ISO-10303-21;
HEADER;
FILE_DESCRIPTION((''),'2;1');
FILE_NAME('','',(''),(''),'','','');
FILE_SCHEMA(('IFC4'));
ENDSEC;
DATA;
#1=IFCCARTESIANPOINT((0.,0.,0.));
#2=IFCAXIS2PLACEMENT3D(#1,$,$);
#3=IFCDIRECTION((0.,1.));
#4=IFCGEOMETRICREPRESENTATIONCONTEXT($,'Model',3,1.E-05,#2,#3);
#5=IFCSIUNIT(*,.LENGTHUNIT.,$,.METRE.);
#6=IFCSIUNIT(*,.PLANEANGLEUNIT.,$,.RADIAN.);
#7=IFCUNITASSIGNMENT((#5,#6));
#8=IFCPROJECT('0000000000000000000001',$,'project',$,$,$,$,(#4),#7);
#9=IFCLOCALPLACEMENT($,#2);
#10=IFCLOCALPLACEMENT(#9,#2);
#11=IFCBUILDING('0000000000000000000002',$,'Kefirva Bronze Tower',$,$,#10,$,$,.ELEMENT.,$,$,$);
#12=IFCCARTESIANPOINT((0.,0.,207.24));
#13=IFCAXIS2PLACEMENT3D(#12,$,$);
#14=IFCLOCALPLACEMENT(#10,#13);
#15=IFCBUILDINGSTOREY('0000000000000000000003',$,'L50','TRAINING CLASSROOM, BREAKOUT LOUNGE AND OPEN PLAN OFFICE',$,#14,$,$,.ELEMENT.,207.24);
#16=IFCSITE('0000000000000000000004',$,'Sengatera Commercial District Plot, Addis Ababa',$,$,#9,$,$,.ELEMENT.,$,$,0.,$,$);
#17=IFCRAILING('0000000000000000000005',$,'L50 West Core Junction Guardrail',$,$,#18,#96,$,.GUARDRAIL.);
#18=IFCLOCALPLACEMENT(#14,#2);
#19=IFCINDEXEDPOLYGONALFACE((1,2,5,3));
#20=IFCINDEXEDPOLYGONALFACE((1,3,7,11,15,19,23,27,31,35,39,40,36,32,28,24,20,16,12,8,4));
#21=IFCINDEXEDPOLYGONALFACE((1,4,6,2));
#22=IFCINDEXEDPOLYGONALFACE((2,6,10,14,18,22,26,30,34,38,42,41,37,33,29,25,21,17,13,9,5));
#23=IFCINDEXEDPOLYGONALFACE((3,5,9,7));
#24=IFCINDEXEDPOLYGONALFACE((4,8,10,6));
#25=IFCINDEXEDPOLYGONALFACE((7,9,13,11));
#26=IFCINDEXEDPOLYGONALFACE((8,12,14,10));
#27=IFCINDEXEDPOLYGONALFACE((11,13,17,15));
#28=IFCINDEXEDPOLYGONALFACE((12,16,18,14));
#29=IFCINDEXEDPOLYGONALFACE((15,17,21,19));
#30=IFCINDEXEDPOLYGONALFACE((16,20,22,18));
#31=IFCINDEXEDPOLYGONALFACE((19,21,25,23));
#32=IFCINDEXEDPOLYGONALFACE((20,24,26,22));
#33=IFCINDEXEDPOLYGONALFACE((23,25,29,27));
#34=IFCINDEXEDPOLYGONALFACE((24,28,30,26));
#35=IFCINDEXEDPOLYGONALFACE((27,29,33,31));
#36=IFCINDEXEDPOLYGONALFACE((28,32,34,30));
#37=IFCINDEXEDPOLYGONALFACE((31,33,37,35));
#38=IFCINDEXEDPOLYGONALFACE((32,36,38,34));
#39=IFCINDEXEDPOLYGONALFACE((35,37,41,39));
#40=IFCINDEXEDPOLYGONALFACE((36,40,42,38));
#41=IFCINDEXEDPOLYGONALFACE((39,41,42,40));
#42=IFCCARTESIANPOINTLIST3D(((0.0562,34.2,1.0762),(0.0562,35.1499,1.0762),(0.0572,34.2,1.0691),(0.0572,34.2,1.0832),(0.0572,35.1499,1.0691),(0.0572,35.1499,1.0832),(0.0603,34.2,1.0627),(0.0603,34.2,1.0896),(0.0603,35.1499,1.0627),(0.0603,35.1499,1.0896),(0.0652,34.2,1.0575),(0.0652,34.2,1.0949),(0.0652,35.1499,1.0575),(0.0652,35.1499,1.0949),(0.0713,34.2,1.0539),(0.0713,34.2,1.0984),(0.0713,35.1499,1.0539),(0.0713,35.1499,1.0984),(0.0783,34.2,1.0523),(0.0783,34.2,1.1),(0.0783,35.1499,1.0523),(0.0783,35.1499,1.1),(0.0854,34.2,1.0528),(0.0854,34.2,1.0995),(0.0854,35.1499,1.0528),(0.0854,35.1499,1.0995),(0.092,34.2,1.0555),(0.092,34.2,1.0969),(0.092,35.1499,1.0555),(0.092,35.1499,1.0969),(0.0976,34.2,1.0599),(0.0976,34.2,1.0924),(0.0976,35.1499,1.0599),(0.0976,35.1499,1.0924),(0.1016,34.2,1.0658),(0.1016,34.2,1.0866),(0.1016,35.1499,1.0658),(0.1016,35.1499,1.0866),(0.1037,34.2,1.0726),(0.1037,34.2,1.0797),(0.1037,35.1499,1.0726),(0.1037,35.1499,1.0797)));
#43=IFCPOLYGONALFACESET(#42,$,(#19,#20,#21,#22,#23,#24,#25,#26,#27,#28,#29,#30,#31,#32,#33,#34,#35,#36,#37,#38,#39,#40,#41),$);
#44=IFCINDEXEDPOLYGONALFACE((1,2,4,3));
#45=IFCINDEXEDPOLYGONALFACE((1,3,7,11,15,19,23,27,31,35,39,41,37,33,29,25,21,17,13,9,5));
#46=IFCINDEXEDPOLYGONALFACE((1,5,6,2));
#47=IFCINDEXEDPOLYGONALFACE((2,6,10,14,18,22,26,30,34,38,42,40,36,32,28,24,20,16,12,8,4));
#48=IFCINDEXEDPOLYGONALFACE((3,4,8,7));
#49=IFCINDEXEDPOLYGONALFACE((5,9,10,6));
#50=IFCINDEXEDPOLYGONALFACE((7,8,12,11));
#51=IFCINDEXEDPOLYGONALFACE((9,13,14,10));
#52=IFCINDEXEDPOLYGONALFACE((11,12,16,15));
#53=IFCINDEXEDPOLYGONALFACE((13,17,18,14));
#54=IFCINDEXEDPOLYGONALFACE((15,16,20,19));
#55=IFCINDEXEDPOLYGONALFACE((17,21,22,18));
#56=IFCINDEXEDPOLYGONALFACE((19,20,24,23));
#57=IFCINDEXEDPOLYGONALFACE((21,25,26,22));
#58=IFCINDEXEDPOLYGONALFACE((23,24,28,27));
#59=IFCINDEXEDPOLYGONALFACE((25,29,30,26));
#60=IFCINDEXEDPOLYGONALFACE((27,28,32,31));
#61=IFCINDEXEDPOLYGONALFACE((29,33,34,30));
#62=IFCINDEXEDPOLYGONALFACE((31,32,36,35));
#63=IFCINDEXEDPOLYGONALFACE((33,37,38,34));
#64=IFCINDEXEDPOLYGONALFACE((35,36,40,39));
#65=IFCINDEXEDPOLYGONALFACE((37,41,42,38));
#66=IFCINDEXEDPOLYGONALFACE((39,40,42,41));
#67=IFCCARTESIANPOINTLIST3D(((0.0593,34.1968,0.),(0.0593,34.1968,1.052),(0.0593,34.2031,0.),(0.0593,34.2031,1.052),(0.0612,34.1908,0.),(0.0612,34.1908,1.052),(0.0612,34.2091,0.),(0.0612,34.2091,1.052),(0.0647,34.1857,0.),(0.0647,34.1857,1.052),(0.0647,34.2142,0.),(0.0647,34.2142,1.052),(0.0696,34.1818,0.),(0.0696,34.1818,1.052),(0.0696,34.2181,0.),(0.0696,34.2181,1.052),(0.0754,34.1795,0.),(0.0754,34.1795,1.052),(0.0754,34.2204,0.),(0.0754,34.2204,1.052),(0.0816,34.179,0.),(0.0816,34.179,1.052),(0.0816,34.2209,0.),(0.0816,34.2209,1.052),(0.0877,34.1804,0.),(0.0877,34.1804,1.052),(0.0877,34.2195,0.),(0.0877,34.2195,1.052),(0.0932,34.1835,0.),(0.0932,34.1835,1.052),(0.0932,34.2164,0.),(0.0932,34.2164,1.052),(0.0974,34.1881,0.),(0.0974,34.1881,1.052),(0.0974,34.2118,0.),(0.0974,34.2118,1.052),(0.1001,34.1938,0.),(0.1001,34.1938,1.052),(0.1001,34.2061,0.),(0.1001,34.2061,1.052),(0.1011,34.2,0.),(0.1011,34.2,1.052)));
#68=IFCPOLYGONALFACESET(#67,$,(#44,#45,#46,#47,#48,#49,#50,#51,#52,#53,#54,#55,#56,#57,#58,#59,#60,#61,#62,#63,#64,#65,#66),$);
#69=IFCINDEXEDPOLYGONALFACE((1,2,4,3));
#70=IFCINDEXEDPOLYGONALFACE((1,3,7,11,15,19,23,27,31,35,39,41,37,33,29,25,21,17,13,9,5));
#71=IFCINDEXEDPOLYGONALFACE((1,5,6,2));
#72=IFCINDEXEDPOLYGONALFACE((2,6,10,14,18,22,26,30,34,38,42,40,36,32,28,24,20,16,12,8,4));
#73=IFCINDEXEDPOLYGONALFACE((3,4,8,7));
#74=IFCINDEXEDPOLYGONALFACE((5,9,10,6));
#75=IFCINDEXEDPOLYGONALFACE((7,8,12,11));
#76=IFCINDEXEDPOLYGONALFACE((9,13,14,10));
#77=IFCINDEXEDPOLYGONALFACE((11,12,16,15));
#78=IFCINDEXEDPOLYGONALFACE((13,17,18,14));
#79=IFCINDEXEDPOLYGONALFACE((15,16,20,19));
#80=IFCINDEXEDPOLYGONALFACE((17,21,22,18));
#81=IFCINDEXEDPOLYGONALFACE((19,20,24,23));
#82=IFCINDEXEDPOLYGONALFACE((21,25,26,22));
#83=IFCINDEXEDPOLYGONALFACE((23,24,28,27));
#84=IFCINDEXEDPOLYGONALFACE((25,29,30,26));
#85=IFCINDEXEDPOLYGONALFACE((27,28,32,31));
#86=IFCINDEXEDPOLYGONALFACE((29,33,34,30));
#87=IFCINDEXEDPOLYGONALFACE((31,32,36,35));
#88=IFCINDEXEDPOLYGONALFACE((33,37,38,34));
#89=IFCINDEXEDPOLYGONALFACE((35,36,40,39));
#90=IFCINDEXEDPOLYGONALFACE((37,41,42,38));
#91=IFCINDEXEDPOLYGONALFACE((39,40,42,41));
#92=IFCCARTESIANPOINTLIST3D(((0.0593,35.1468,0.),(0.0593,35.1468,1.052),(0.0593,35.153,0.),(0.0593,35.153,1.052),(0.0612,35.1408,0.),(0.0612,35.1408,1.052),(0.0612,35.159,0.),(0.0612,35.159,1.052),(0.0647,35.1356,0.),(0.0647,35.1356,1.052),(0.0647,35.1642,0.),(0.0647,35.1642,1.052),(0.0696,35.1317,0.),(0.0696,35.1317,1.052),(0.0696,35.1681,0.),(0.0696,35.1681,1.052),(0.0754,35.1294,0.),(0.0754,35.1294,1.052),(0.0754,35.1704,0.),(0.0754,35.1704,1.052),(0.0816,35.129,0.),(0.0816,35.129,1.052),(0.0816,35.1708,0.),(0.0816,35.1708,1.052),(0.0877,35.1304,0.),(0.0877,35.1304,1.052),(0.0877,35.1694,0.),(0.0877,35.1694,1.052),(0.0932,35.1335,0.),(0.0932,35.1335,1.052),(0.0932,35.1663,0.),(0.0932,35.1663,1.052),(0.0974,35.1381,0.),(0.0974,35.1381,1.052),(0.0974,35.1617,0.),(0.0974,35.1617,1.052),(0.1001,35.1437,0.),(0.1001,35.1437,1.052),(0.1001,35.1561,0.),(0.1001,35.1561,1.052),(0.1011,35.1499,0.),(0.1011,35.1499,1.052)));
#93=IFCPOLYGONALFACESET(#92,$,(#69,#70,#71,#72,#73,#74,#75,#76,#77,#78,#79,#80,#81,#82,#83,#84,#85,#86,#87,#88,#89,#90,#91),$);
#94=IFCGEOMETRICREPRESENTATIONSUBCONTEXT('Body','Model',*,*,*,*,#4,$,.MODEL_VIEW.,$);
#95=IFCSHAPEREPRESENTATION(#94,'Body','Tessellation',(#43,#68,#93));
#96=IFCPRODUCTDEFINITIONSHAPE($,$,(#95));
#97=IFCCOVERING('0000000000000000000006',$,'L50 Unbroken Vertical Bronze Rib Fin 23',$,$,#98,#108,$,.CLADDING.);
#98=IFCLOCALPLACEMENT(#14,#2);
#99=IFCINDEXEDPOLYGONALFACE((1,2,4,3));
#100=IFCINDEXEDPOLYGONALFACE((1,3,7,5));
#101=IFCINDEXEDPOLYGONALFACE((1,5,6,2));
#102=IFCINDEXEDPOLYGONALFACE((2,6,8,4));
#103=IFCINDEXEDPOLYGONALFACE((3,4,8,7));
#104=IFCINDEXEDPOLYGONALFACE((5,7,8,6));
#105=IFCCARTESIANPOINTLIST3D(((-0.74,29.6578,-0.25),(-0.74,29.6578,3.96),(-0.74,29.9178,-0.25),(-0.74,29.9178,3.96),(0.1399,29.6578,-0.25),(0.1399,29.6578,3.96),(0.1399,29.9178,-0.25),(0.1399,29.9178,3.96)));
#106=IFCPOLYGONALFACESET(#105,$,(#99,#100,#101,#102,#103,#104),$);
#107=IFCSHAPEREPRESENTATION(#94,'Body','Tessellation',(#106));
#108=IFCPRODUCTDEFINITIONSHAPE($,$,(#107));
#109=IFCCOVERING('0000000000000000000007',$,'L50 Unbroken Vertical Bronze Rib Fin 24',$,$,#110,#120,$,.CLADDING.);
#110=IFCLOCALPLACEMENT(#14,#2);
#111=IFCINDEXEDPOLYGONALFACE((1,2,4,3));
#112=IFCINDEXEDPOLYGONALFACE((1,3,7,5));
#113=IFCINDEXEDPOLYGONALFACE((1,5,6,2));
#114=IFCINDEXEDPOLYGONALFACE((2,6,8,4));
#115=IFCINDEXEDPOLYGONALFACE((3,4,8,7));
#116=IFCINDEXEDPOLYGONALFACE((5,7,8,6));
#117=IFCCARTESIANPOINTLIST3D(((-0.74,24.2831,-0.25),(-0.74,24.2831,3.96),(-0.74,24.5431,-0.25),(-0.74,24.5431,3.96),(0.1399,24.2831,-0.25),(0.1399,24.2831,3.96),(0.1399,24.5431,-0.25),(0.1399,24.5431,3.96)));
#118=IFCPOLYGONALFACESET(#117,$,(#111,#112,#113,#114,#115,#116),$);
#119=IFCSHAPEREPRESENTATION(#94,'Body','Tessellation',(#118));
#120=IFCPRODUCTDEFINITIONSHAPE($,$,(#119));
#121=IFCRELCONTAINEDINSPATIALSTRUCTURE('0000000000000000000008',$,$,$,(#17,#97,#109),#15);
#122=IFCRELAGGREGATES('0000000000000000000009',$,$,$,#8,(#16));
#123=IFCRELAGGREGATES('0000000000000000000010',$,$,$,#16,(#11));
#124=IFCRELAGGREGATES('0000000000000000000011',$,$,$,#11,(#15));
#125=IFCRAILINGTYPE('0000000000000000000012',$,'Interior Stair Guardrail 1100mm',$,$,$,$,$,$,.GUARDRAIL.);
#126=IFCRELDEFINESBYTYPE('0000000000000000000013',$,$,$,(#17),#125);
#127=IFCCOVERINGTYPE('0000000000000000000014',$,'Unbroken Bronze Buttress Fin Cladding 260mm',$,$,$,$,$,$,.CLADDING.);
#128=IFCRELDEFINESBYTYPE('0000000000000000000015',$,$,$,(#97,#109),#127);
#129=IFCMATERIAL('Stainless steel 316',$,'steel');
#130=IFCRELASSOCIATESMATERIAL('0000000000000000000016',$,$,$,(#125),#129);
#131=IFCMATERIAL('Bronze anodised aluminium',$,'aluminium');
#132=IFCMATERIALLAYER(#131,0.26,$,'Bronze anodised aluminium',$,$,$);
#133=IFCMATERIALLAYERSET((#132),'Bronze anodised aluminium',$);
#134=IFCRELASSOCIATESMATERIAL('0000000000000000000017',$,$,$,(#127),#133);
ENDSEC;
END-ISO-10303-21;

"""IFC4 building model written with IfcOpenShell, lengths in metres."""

from ifc_helpers import new_model, si_unit, direction, frame, origin, origin_2d, place, context, subcontext, project, spatial, rectangle, circle, extrude, material, layer, layer_set, type_object, element, save


model = new_model("IFC4")

# Units and contexts
model_context = context("Model", 3, precision=1e-05, world=origin(), true_north=direction((0.0, 1.0)))
body_context = subcontext(model_context, "Body", "Model", "MODEL_VIEW")
ifc_project = project(units=[si_unit("LENGTHUNIT", "METRE"), si_unit("PLANEANGLEUNIT", "RADIAN")], contexts=[model_context])

# Site, building, storey
site_placement = place(None, origin())
site = spatial("IfcSite", under=ifc_project, at=site_placement, Name="Sengatera Commercial District Plot, Addis Ababa", CompositionType="ELEMENT", RefElevation=0.0)
building_placement = place(site_placement, origin())
building = spatial("IfcBuilding", under=site, at=building_placement, Name="Kefirva Bronze Tower", CompositionType="ELEMENT")
storey_placement = place(building_placement, frame((0.0, 0.0, 207.24)))
storey = spatial("IfcBuildingStorey", under=building, at=storey_placement, Name="L50", Description="TRAINING CLASSROOM, BREAKOUT LOUNGE AND OPEN PLAN OFFICE", CompositionType="ELEMENT", Elevation=207.24)

# Shared definitions
ifc_material_1 = material(Name="Bronze anodised aluminium", Category="aluminium")

# Railing
ifc_material_2 = material(Name="Stainless steel 316", Category="steel")
railing_type = type_object("IfcRailingType", Name="Interior Stair Guardrail 1100mm", PredefinedType="GUARDRAIL", material=ifc_material_2)
railing_placement = place(storey_placement, frame((0.0801, 34.2, 0.0)))
element("IfcRailing", 1, at=railing_placement, inside=storey, type_object=railing_type, Name="L50 West Core Junction Guardrail", PredefinedType="GUARDRAIL", context=body_context, shape_type="SweptSolid", body=[
    extrude(circle(Radius=0.0239, at=origin_2d()), frame((0.0, 0.0, 1.0762), z_axis=(0.0, 1.0, 0.0), x_axis=(-1.0, 0.0, 0.0)), (0.0, 0.0, 1.0), 0.95),
    extrude(circle(Radius=0.021, at=origin_2d()), origin(), (0.0, 0.0, 1.0), 1.052),
    extrude(circle(Radius=0.021, at=origin_2d()), frame((0.0, 0.95, 0.0)), (0.0, 0.0, 1.0), 1.052),
])

# Coverings
ifc_layer_1 = layer(ifc_material_1, 0.26, Name="Bronze anodised aluminium")
ifc_layer_set_1 = layer_set([ifc_layer_1], Name="Bronze anodised aluminium")
covering_type = type_object("IfcCoveringType", Name="Unbroken Bronze Buttress Fin Cladding 260mm", PredefinedType="CLADDING", material=ifc_layer_set_1)
for number, where, z_axis, x_axis, name in (
    (2, (-0.3, 29.7878, -0.25), (0.0, 0.0, 1.0), (0.0, -1.0, 0.0), "L50 Unbroken Vertical Bronze Rib Fin 23"),
    (3, (-0.3, 24.4131, -0.25), (0.0, 0.0, 1.0), (0.0, -1.0, 0.0), "L50 Unbroken Vertical Bronze Rib Fin 24"),
):
    element("IfcCovering", number, at=place(storey_placement, frame(where, z_axis=z_axis, x_axis=x_axis)), inside=storey, type_object=covering_type, Name=name, PredefinedType="CLADDING", context=body_context, shape_type="SweptSolid", body=[
        extrude(rectangle(XDim=0.26, YDim=0.8799, at=origin_2d()), origin(), (0.0, 0.0, 1.0), 4.21),
    ])

save(model, "model.ifc")
